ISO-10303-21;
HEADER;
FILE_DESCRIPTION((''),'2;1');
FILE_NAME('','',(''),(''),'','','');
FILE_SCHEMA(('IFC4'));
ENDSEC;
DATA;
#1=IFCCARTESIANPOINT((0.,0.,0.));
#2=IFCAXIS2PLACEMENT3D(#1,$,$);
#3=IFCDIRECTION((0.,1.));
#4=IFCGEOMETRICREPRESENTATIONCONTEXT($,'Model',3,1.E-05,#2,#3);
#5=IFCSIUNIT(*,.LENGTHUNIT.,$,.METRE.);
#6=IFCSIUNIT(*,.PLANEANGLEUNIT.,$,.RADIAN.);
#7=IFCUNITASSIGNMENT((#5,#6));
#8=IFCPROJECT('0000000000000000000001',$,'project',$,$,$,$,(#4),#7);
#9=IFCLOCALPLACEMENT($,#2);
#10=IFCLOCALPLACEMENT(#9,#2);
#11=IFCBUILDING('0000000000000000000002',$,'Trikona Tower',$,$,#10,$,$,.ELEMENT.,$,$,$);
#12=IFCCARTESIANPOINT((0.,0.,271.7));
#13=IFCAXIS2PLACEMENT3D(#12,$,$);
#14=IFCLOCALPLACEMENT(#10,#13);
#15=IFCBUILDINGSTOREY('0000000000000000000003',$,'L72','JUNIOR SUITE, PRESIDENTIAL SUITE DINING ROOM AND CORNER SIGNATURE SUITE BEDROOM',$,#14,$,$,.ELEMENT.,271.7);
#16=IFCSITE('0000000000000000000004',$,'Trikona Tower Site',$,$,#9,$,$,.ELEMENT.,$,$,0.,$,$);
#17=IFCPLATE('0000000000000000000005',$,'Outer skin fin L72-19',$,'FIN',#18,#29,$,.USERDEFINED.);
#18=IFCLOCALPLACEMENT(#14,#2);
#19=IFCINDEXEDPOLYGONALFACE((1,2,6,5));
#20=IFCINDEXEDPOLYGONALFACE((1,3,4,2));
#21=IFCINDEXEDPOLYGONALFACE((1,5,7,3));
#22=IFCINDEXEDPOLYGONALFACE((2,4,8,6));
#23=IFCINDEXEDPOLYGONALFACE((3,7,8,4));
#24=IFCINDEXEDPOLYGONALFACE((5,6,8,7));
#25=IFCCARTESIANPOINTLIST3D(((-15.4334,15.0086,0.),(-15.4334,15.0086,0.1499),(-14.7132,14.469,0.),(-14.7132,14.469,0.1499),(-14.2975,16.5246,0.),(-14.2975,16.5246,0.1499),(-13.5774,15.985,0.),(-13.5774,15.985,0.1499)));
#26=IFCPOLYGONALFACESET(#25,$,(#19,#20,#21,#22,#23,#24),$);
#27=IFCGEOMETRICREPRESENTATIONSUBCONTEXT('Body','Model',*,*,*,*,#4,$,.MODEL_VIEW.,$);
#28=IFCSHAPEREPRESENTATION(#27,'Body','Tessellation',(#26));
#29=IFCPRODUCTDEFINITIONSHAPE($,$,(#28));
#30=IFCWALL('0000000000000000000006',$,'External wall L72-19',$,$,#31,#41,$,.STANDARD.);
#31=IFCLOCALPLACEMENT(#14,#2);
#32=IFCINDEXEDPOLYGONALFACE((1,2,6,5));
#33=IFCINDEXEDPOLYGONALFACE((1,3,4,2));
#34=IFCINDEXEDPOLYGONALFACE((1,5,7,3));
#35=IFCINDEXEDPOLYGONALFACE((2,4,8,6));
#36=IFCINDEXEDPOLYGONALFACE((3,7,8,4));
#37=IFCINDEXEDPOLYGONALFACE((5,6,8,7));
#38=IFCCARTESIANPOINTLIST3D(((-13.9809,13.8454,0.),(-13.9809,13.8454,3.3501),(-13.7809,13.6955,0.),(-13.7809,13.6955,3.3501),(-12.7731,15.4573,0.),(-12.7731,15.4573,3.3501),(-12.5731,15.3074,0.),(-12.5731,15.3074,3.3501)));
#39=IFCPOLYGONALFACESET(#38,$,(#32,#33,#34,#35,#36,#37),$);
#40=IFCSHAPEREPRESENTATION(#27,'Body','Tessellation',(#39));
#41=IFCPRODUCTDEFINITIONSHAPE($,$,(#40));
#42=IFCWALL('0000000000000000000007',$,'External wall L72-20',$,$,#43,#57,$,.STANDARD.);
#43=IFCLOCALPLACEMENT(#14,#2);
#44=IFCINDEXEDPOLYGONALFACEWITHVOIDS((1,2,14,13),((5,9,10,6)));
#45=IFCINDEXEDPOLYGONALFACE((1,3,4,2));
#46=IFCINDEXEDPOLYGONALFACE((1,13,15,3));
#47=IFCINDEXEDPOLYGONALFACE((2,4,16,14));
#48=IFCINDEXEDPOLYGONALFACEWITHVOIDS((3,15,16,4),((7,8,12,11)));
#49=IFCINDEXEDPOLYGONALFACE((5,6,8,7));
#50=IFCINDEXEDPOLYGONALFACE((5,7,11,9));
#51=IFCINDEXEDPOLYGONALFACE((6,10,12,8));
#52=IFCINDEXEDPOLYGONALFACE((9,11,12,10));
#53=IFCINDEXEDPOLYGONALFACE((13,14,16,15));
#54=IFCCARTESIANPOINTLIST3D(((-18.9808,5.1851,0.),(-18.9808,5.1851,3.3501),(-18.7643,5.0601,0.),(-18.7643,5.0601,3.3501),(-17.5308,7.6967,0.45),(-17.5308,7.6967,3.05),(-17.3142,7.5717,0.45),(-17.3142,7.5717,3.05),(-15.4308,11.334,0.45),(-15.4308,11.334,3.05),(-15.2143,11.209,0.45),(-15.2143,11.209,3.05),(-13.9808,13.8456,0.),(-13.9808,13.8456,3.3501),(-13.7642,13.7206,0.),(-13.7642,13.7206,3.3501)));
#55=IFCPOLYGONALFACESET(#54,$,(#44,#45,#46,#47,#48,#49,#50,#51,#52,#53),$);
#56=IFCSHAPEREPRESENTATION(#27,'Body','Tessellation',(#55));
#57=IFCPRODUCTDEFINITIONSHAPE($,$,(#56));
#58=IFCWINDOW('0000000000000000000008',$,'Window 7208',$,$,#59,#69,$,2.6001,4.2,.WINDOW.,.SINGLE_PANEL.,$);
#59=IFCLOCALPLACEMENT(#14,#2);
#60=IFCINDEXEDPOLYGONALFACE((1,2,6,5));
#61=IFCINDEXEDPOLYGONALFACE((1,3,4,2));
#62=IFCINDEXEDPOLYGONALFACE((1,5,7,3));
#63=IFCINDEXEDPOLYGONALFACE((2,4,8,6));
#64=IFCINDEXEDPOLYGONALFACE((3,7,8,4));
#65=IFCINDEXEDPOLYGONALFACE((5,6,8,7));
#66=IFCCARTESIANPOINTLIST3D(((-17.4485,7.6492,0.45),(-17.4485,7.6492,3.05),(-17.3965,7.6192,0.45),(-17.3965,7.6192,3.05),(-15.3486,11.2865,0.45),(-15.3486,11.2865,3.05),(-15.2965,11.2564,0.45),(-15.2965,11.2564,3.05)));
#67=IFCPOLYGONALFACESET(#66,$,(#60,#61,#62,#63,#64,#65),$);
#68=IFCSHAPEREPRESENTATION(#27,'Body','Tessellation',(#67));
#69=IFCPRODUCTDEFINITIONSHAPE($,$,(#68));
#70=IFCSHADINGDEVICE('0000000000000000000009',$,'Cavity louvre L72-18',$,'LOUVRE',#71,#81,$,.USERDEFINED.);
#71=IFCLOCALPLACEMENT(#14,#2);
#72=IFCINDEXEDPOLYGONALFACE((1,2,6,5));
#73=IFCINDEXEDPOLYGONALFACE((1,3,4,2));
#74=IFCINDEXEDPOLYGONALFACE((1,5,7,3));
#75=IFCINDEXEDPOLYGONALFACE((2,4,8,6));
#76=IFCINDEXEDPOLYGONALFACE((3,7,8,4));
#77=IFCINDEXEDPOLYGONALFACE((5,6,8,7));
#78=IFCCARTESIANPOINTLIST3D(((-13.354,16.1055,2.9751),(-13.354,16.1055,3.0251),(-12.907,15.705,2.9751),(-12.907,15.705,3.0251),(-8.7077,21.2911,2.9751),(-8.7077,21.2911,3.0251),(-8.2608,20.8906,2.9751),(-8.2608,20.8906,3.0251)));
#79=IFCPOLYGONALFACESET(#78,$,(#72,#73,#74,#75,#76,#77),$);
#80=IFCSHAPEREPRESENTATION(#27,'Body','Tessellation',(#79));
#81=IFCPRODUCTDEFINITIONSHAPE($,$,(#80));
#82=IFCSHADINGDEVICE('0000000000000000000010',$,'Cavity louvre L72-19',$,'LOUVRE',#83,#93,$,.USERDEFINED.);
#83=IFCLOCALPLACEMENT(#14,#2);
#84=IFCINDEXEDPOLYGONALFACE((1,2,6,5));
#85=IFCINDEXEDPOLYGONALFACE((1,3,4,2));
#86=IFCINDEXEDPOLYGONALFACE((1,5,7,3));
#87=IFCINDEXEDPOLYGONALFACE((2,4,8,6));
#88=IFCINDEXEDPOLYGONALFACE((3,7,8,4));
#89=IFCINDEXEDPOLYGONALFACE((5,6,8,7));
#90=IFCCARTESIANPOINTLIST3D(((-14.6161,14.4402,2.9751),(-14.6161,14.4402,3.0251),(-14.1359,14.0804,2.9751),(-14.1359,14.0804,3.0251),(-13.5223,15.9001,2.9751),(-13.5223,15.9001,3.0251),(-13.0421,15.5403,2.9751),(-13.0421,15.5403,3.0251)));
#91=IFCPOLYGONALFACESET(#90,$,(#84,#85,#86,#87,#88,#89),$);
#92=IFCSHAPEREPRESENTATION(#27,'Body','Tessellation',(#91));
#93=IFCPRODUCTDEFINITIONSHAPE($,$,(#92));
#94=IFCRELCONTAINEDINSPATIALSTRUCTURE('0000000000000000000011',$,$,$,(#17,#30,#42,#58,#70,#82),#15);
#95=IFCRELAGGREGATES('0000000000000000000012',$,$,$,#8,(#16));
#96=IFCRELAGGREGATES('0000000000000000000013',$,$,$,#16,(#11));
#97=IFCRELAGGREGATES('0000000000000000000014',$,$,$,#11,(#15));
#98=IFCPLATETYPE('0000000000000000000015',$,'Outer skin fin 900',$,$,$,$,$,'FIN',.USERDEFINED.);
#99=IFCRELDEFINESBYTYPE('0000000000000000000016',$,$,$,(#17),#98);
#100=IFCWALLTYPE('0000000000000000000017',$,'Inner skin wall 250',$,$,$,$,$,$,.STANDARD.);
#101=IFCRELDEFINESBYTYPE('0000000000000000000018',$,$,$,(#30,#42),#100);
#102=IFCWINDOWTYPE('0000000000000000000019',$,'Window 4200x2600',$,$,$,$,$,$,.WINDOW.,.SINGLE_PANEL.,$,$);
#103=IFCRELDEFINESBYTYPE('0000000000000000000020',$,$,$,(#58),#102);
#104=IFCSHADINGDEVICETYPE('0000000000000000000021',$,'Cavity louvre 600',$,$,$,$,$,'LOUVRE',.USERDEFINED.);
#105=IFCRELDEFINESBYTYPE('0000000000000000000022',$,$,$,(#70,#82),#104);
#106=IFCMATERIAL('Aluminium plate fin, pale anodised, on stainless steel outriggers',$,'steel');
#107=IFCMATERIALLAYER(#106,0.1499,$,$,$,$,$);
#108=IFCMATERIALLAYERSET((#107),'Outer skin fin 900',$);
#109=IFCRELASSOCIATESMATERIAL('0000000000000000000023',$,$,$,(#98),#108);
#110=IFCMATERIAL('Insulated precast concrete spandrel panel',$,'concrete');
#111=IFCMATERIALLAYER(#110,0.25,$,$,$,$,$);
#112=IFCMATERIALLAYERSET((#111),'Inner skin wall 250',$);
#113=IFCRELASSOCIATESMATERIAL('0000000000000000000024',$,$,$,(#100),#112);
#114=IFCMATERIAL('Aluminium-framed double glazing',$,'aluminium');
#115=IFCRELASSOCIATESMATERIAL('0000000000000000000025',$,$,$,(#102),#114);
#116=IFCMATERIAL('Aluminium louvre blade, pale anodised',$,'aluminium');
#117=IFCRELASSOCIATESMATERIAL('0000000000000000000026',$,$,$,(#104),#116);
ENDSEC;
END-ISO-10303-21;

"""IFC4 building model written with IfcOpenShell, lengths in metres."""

from ifc_helpers import new_model, si_unit, direction, frame, frame_2d, origin, origin_2d, place, context, subcontext, project, spatial, rectangle, extrude, material, layer, layer_set, type_object, element, fill, save


model = new_model("IFC4")

# Units and contexts
model_context = context("Model", 3, precision=1e-05, world=origin(), true_north=direction((0.0, 1.0)))
body_context = subcontext(model_context, "Body", "Model", "MODEL_VIEW")
ifc_project = project(units=[si_unit("LENGTHUNIT", "METRE"), si_unit("PLANEANGLEUNIT", "RADIAN")], contexts=[model_context])

# Site, building, storey
site_placement = place(None, origin())
site = spatial("IfcSite", under=ifc_project, at=site_placement, Name="Trikona Tower Site", CompositionType="ELEMENT", RefElevation=0.0)
building_placement = place(site_placement, origin())
building = spatial("IfcBuilding", under=site, at=building_placement, Name="Trikona Tower", CompositionType="ELEMENT")
storey_placement = place(building_placement, frame((0.0, 0.0, 271.7)))
storey = spatial("IfcBuildingStorey", under=building, at=storey_placement, Name="L72", Description="JUNIOR SUITE, PRESIDENTIAL SUITE DINING ROOM AND CORNER SIGNATURE SUITE BEDROOM", CompositionType="ELEMENT", Elevation=271.7)

# Plate
ifc_material_1 = material(Name="Aluminium plate fin, pale anodised, on stainless steel outriggers", Category="steel")
ifc_layer_1 = layer(ifc_material_1, 0.1499)
ifc_layer_set_1 = layer_set([ifc_layer_1], Name="Outer skin fin 900")
plate_type_1 = type_object("IfcPlateType", Name="Outer skin fin 900", ElementType="FIN", PredefinedType="USERDEFINED", material=ifc_layer_set_1)
plate_1_placement = place(storey_placement, frame((-14.5054, 15.4968, 0.0), z_axis=(0.0, 0.0, 1.0), x_axis=(-0.599619, -0.800286, 0.0)))
element("IfcPlate", 1, at=plate_1_placement, inside=storey, type_object=plate_type_1, Name="Outer skin fin L72-19", ObjectType="FIN", PredefinedType="USERDEFINED", context=body_context, shape_type="SweptSolid", body=[
    extrude(rectangle(XDim=1.8943, YDim=0.8999, at=origin_2d()), origin(), (0.0, 0.0, 1.0), 0.1499),
])

# Wall
ifc_material_2 = material(Name="Insulated precast concrete spandrel panel", Category="concrete")
ifc_layer_2 = layer(ifc_material_2, 0.25)
ifc_layer_set_2 = layer_set([ifc_layer_2], Name="Inner skin wall 250")
wall_type = type_object("IfcWallType", Name="Inner skin wall 250", PredefinedType="STANDARD", material=ifc_layer_set_2)
wall_1_placement = place(storey_placement, frame((-12.6731, 15.3823, 0.0), z_axis=(0.0, 0.0, 1.0), x_axis=(-0.599651, -0.800262, 0.0)))
element("IfcWall", 2, at=wall_1_placement, inside=storey, type_object=wall_type, Name="External wall L72-19", PredefinedType="STANDARD", context=body_context, shape_type="SweptSolid", body=[
    extrude(rectangle(XDim=2.0142, YDim=0.25, at=frame_2d((1.0071, 0.0))), origin(), (0.0, 0.0, 1.0), 3.3501),
])

# Wall, opening, window
wall_2_placement = place(storey_placement, frame((-13.8726, 13.783, 0.0), z_axis=(0.0, 0.0, 1.0), x_axis=(-0.499994, -0.866029, 0.0)))
wall_2 = element("IfcWall", 3, at=wall_2_placement, inside=storey, type_object=wall_type, Name="External wall L72-20", PredefinedType="STANDARD", context=body_context, shape_type="SweptSolid", body=[
    extrude(rectangle(XDim=10.0002, YDim=0.25, at=frame_2d((5.0, 0.0))), origin(), (0.0, 0.0, 1.0), 3.3501),
])
opening_placement = place(wall_2_placement, frame((2.8999, 0.0, 0.45)))
opening = element("IfcOpeningElement", 4, at=opening_placement, cuts=wall_2, PredefinedType="OPENING", context=body_context, shape_type="SweptSolid", body=[
    extrude(rectangle(XDim=4.2, YDim=2.6001, at=frame_2d((2.1001, 1.3))), frame((0.0, 0.135, 0.0), z_axis=(0.0, -1.0, 0.0), x_axis=(1.0, 0.0, 0.0)), (0.0, 0.0, 1.0), 0.27),
])
ifc_material_3 = material(Name="Aluminium-framed double glazing", Category="aluminium")
window_type = type_object("IfcWindowType", Name="Window 4200x2600", PartitioningType="SINGLE_PANEL", PredefinedType="WINDOW", material=ifc_material_3)
window_placement = place(opening_placement, origin())
window = element("IfcWindow", 5, at=window_placement, inside=storey, type_object=window_type, Name="Window 7208", OverallHeight=2.6001, OverallWidth=4.2, PartitioningType="SINGLE_PANEL", PredefinedType="WINDOW", context=body_context, shape_type="SweptSolid", body=[
    extrude(rectangle(XDim=4.2, YDim=2.6001, at=frame_2d((2.1001, 1.3))), frame((0.0, 0.03, 0.0), z_axis=(0.0, -1.0, 0.0), x_axis=(1.0, 0.0, 0.0)), (0.0, 0.0, 1.0), 0.0601),
])
fill(opening, window)

# Shading devices
ifc_material_4 = material(Name="Aluminium louvre blade, pale anodised", Category="aluminium")
shading_device_type = type_object("IfcShadingDeviceType", Name="Cavity louvre 600", ElementType="LOUVRE", PredefinedType="USERDEFINED", material=ifc_material_4)
shading_device_1_placement = place(storey_placement, frame((-10.8074, 18.498, 2.9751), z_axis=(0.0, 0.0, 1.0), x_axis=(-0.667311, -0.744779, 0.0)))
element("IfcShadingDevice", 6, at=shading_device_1_placement, inside=storey, type_object=shading_device_type, Name="Cavity louvre L72-18", ObjectType="LOUVRE", PredefinedType="USERDEFINED", context=body_context, shape_type="SweptSolid", body=[
    extrude(rectangle(XDim=6.9626, YDim=0.6001, at=origin_2d()), origin(), (0.0, 0.0, 1.0), 0.05),
])
shading_device_2_placement = place(storey_placement, frame((-13.8291, 14.9902, 2.9751), z_axis=(0.0, 0.0, 1.0), x_axis=(-0.599619, -0.800286, 0.0)))
element("IfcShadingDevice", 7, at=shading_device_2_placement, inside=storey, type_object=shading_device_type, Name="Cavity louvre L72-19", ObjectType="LOUVRE", PredefinedType="USERDEFINED", context=body_context, shape_type="SweptSolid", body=[
    extrude(rectangle(XDim=1.8242, YDim=0.6001, at=origin_2d()), origin(), (0.0, 0.0, 1.0), 0.05),
])

save(model, "model.ifc")
